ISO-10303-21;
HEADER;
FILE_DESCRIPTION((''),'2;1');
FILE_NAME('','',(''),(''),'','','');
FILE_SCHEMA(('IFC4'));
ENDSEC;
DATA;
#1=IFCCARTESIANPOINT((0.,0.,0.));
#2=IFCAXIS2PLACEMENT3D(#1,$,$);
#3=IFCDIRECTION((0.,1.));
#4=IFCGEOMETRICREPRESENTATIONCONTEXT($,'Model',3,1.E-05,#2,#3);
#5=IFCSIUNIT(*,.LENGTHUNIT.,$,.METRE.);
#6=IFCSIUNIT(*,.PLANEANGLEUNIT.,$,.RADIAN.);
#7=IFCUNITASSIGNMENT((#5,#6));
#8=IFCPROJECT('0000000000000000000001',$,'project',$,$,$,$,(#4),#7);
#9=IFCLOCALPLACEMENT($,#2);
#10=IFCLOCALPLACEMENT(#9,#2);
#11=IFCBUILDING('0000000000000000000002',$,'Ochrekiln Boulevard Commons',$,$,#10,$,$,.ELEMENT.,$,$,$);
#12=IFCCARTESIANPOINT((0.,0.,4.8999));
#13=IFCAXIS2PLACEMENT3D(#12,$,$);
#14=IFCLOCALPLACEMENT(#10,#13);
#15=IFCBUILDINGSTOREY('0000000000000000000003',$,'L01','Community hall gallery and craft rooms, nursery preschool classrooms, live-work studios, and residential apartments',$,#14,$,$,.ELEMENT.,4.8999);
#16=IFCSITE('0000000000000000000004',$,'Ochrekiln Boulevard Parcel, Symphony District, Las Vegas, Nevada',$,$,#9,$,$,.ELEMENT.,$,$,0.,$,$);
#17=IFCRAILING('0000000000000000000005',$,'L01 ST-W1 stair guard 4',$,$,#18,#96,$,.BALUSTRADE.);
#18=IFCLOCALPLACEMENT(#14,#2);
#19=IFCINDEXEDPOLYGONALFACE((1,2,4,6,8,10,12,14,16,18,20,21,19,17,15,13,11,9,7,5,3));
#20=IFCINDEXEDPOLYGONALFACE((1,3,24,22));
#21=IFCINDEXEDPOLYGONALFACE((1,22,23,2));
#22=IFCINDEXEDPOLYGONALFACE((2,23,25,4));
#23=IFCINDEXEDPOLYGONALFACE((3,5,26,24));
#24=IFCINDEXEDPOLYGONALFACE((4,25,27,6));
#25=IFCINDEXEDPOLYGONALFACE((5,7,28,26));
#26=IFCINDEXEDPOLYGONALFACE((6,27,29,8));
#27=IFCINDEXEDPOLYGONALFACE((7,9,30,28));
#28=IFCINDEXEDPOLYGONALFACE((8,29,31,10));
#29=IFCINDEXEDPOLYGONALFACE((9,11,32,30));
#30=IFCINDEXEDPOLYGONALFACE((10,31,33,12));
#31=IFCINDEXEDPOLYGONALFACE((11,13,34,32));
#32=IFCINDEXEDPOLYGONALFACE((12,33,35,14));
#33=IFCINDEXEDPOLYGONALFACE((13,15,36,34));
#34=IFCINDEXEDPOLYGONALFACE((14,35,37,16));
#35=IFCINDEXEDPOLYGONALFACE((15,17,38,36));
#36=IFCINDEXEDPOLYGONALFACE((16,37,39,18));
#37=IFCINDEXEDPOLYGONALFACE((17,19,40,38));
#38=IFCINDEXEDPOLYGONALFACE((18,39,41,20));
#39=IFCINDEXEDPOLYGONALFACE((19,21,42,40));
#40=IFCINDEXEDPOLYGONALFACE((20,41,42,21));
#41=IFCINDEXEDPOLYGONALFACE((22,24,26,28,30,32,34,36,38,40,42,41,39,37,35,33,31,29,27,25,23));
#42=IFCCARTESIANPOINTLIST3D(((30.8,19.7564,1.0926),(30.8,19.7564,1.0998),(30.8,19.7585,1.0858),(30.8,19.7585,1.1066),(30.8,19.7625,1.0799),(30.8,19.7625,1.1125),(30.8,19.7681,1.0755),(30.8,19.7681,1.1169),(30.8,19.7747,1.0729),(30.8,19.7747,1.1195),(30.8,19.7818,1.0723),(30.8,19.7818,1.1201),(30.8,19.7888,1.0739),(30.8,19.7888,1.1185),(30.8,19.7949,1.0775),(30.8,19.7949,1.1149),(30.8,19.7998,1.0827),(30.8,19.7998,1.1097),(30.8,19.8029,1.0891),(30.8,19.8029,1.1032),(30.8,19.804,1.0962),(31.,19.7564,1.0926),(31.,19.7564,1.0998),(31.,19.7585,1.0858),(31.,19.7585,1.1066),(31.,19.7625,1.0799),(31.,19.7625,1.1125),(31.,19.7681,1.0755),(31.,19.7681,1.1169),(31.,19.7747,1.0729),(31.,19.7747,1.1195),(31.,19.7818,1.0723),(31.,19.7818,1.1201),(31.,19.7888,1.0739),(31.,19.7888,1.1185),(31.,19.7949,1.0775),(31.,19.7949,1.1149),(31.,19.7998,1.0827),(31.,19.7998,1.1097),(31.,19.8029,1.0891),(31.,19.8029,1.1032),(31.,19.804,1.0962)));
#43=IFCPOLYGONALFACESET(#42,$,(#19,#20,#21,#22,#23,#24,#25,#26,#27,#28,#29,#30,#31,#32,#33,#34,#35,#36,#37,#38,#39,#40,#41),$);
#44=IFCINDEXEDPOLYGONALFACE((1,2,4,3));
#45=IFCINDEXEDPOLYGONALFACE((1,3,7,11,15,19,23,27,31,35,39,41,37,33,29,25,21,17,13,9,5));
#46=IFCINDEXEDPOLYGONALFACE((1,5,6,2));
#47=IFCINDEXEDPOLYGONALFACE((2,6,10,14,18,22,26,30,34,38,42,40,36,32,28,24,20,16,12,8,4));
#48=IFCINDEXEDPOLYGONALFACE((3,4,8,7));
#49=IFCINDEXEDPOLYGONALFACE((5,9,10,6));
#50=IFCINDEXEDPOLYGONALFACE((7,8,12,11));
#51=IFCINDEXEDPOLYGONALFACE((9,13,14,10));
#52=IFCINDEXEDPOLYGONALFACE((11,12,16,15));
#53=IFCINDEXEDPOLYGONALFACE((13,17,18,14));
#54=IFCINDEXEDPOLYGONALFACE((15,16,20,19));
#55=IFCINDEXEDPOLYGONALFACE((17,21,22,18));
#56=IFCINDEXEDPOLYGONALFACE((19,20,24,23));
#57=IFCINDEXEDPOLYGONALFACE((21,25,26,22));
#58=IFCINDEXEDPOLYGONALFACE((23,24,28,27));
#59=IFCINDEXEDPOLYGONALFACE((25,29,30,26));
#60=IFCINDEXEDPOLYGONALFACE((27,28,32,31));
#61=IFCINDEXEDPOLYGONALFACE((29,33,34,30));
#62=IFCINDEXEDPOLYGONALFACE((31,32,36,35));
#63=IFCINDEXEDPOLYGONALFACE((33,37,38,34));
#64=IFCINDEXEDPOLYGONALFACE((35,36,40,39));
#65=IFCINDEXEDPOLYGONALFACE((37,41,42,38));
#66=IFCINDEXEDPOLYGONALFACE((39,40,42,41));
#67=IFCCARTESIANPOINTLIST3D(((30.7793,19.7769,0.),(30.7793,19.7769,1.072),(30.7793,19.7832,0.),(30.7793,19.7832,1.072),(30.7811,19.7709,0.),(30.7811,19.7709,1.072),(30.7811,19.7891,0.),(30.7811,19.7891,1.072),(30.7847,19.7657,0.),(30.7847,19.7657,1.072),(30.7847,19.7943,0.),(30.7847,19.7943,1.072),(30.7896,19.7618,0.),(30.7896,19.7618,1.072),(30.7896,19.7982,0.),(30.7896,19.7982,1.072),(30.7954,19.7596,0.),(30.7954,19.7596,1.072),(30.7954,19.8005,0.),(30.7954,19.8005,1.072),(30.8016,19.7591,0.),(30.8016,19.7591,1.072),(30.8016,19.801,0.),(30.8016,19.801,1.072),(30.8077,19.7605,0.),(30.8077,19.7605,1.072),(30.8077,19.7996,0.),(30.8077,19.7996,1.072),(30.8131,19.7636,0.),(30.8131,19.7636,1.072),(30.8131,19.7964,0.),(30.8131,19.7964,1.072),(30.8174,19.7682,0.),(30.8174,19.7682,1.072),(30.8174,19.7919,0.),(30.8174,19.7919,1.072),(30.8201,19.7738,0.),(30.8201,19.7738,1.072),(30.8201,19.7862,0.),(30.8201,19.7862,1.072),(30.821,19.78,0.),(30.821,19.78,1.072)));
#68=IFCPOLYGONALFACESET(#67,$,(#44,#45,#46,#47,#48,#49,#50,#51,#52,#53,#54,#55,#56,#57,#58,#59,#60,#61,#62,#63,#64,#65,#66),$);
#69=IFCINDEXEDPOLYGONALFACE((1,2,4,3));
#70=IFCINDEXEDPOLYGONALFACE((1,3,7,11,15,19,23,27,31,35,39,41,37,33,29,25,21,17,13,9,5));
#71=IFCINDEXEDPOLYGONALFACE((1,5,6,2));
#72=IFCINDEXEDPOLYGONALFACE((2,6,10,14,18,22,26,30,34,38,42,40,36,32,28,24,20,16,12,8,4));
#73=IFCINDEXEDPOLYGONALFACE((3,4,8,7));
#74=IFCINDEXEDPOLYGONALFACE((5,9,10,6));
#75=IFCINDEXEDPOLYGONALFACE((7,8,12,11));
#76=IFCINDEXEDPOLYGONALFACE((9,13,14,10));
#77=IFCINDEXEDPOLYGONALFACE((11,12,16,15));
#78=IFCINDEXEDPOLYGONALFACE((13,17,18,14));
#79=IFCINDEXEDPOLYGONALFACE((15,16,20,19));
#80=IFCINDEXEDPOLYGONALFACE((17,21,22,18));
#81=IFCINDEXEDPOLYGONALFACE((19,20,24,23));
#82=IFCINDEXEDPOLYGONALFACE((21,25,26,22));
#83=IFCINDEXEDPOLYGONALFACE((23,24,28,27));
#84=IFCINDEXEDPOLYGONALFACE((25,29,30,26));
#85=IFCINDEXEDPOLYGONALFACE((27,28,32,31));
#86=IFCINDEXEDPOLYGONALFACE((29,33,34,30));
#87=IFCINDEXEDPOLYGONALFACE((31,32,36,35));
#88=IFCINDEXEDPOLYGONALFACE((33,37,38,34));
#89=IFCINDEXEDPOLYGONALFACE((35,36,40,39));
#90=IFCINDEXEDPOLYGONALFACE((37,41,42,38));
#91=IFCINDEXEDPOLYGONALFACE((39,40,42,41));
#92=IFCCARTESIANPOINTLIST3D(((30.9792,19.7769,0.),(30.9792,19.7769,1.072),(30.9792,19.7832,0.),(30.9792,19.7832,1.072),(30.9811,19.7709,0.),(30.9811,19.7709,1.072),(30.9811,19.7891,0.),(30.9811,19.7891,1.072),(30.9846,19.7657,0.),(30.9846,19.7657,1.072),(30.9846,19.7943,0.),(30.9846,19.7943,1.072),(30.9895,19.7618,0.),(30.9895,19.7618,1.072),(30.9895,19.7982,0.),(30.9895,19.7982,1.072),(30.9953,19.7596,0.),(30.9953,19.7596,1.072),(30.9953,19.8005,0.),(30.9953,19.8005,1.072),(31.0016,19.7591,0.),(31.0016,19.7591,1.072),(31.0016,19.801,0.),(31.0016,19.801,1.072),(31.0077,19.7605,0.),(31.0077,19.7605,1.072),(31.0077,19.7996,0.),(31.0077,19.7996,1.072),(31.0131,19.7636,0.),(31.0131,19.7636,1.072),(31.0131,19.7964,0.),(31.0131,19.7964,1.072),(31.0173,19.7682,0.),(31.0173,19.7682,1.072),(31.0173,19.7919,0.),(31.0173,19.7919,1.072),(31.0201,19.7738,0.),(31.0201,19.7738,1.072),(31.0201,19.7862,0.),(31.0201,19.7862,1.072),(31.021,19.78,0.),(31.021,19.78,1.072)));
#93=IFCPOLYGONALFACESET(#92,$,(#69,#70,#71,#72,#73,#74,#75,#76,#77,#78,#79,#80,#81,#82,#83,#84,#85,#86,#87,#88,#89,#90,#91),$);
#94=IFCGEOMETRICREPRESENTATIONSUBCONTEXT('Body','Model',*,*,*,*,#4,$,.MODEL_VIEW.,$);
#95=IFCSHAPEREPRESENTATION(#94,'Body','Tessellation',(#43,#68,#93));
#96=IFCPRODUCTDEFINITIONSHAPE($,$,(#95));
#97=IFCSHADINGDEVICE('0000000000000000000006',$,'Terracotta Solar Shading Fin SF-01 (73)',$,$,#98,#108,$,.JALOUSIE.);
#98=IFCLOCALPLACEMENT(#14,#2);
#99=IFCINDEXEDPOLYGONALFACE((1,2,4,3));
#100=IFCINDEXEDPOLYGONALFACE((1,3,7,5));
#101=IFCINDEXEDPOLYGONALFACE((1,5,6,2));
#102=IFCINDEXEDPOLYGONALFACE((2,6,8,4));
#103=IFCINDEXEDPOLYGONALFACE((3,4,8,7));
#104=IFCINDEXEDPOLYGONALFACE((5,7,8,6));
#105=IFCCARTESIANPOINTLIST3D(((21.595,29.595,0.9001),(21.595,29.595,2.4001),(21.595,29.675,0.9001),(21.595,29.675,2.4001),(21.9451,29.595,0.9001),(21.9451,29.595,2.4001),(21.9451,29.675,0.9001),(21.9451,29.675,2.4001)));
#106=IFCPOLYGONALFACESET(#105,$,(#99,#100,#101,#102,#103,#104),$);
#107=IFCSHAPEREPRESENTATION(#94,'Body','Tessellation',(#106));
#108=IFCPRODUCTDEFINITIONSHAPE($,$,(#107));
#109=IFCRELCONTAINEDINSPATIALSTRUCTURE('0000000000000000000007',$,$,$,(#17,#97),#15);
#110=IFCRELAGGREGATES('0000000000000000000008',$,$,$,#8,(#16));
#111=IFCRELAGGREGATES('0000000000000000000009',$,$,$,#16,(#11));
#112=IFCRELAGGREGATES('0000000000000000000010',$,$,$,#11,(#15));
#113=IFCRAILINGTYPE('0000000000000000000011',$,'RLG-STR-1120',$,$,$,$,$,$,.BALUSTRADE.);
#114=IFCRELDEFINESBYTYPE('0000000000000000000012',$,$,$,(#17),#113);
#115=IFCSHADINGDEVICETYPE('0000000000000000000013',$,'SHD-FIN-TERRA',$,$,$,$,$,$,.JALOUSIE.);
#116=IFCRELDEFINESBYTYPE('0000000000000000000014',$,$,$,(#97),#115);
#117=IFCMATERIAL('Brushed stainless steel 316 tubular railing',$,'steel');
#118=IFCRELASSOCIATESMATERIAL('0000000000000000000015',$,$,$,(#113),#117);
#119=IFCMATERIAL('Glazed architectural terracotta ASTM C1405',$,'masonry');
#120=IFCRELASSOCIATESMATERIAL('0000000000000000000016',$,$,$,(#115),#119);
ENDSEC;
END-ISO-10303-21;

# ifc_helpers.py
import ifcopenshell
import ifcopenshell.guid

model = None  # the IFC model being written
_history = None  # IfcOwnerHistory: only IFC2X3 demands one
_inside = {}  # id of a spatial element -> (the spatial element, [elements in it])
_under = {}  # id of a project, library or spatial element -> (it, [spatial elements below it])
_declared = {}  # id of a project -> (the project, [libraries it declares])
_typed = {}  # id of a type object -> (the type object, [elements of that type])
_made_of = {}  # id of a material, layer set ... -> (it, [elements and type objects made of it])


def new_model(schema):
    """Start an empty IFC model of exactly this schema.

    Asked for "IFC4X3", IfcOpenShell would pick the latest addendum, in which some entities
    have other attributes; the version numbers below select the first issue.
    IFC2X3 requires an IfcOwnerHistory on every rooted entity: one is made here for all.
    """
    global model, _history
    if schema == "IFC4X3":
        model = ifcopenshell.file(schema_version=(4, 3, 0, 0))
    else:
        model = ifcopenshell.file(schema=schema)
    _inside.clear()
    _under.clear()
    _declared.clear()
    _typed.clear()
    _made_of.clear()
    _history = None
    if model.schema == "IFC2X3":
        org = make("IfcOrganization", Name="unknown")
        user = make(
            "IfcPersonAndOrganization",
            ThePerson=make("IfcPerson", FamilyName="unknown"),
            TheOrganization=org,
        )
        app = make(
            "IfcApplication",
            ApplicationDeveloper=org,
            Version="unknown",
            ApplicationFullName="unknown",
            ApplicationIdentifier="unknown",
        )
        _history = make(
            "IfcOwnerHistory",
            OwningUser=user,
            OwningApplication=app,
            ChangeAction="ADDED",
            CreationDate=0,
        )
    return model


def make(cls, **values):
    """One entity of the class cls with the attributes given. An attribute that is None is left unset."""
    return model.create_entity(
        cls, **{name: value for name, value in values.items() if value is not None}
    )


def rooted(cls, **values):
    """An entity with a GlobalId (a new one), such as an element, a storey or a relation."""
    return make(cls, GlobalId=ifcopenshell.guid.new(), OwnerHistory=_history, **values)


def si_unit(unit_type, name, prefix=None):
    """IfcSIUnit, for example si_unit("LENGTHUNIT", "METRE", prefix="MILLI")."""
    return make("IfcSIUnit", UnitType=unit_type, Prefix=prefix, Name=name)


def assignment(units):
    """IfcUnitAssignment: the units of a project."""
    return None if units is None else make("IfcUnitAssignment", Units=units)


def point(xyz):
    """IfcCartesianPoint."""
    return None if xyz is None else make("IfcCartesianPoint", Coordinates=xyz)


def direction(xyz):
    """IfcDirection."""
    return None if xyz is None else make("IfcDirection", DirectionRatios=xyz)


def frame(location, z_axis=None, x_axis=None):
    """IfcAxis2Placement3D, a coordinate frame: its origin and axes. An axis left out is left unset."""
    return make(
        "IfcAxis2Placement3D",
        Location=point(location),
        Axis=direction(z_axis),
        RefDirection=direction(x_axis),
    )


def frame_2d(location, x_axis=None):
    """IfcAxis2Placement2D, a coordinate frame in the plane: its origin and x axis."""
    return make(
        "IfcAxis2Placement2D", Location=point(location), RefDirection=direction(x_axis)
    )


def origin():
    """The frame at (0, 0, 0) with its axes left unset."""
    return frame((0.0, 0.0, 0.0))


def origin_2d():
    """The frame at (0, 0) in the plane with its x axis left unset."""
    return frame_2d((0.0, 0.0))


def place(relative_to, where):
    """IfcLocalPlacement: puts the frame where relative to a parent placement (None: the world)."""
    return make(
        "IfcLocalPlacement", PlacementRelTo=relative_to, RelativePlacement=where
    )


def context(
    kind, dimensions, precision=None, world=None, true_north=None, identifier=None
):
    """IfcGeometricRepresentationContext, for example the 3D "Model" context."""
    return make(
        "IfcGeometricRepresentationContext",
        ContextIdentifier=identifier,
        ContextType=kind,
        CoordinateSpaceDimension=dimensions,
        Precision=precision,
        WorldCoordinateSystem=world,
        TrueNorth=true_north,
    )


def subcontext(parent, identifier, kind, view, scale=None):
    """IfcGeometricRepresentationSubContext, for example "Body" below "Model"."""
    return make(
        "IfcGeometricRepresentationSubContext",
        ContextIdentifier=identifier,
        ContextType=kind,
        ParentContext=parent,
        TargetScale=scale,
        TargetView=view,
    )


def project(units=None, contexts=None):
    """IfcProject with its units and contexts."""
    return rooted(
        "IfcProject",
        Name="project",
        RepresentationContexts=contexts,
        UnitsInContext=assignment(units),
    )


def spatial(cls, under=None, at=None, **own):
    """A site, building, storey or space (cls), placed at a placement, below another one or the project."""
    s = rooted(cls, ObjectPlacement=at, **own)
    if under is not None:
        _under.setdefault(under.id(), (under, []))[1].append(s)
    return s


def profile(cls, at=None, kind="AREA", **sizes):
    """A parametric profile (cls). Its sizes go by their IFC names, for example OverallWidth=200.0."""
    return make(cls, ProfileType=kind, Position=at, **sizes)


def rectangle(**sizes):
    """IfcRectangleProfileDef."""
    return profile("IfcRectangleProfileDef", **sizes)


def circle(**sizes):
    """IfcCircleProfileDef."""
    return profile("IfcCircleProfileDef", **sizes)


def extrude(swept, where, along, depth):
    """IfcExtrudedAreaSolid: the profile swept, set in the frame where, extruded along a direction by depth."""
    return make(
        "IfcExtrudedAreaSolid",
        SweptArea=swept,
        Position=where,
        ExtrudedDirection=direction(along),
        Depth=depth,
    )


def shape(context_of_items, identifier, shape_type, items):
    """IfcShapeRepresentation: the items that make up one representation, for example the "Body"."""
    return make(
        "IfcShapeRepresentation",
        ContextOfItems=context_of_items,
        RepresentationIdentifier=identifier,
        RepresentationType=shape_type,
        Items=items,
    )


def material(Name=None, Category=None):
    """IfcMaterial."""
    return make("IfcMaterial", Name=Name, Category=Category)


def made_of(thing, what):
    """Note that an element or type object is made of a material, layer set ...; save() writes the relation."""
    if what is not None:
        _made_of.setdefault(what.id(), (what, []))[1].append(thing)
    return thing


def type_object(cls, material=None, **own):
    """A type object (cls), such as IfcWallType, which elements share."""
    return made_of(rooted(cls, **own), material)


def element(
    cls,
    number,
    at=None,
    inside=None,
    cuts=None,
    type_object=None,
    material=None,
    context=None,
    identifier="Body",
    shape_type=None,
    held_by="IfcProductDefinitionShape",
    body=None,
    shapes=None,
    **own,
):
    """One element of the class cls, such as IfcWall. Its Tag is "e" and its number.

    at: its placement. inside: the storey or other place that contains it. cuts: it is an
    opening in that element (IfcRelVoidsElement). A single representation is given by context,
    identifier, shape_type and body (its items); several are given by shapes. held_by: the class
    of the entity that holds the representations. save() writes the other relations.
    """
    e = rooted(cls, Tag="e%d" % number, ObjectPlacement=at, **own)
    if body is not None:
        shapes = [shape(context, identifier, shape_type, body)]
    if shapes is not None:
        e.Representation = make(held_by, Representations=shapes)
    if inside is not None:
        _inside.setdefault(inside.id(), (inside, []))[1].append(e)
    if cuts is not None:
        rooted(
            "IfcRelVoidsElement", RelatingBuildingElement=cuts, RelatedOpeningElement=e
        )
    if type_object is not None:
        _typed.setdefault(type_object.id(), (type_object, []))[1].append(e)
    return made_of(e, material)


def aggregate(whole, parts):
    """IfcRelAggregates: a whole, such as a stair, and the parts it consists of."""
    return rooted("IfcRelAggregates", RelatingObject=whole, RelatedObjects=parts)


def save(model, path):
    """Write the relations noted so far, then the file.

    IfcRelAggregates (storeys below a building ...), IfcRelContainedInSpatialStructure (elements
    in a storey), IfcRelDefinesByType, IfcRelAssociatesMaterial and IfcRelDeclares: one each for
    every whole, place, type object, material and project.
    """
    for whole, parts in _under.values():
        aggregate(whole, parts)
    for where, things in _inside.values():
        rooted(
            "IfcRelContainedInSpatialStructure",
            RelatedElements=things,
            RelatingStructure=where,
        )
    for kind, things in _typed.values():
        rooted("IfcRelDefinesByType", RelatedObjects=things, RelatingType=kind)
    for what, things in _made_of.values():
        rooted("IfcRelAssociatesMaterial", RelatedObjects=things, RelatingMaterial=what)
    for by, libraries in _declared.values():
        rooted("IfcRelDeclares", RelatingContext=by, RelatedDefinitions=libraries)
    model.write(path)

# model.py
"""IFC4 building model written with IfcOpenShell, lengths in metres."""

from ifc_helpers import new_model, si_unit, direction, frame, origin, origin_2d, place, context, subcontext, project, spatial, rectangle, circle, extrude, material, type_object, element, save


model = new_model("IFC4")

# Units and contexts
model_context = context("Model", 3, precision=1e-05, world=origin(), true_north=direction((0.0, 1.0)))
body_context = subcontext(model_context, "Body", "Model", "MODEL_VIEW")
ifc_project = project(units=[si_unit("LENGTHUNIT", "METRE"), si_unit("PLANEANGLEUNIT", "RADIAN")], contexts=[model_context])

# Site, building, storey
site_placement = place(None, origin())
site = spatial("IfcSite", under=ifc_project, at=site_placement, Name="Ochrekiln Boulevard Parcel, Symphony District, Las Vegas, Nevada", CompositionType="ELEMENT", RefElevation=0.0)
building_placement = place(site_placement, origin())
building = spatial("IfcBuilding", under=site, at=building_placement, Name="Ochrekiln Boulevard Commons", CompositionType="ELEMENT")
storey_placement = place(building_placement, frame((0.0, 0.0, 4.8999)))
storey = spatial("IfcBuildingStorey", under=building, at=storey_placement, Name="L01", Description="Community hall gallery and craft rooms, nursery preschool classrooms, live-work studios, and residential apartments", CompositionType="ELEMENT", Elevation=4.8999)

# Shared definitions
ifc_material_1 = material(Name="Glazed architectural terracotta ASTM C1405", Category="masonry")

# Railing
ifc_material_2 = material(Name="Brushed stainless steel 316 tubular railing", Category="steel")
railing_type_1 = type_object("IfcRailingType", Name="RLG-STR-1120", PredefinedType="BALUSTRADE", material=ifc_material_2)
railing_1_placement = place(storey_placement, frame((30.8, 19.78, 0.0)))
element("IfcRailing", 1, at=railing_1_placement, inside=storey, type_object=railing_type_1, Name="L01 ST-W1 stair guard 4", PredefinedType="BALUSTRADE", context=body_context, shape_type="SweptSolid", body=[
    extrude(circle(Radius=0.0239, at=origin_2d()), frame((0.0, 0.0, 1.0962), z_axis=(1.0, 0.0, 0.0), x_axis=(0.0, 1.0, 0.0)), (0.0, 0.0, 1.0), 0.2),
    extrude(circle(Radius=0.021, at=origin_2d()), origin(), (0.0, 0.0, 1.0), 1.072),
    extrude(circle(Radius=0.021, at=origin_2d()), frame((0.2, 0.0, 0.0)), (0.0, 0.0, 1.0), 1.072),
])

# Shading device
shading_device_type = type_object("IfcShadingDeviceType", Name="SHD-FIN-TERRA", PredefinedType="JALOUSIE", material=ifc_material_1)
shading_device_placement = place(storey_placement, frame((21.77, 29.635, 0.9001), z_axis=(0.0, 0.0, 1.0), x_axis=(1.0, 0.0, 0.0)))
element("IfcShadingDevice", 2, at=shading_device_placement, inside=storey, type_object=shading_device_type, Name="Terracotta Solar Shading Fin SF-01 (73)", PredefinedType="JALOUSIE", context=body_context, shape_type="SweptSolid", body=[
    extrude(rectangle(XDim=0.3501, YDim=0.0801, at=origin_2d()), origin(), (0.0, 0.0, 1.0), 1.5),
])

save(model, "model.ifc")
